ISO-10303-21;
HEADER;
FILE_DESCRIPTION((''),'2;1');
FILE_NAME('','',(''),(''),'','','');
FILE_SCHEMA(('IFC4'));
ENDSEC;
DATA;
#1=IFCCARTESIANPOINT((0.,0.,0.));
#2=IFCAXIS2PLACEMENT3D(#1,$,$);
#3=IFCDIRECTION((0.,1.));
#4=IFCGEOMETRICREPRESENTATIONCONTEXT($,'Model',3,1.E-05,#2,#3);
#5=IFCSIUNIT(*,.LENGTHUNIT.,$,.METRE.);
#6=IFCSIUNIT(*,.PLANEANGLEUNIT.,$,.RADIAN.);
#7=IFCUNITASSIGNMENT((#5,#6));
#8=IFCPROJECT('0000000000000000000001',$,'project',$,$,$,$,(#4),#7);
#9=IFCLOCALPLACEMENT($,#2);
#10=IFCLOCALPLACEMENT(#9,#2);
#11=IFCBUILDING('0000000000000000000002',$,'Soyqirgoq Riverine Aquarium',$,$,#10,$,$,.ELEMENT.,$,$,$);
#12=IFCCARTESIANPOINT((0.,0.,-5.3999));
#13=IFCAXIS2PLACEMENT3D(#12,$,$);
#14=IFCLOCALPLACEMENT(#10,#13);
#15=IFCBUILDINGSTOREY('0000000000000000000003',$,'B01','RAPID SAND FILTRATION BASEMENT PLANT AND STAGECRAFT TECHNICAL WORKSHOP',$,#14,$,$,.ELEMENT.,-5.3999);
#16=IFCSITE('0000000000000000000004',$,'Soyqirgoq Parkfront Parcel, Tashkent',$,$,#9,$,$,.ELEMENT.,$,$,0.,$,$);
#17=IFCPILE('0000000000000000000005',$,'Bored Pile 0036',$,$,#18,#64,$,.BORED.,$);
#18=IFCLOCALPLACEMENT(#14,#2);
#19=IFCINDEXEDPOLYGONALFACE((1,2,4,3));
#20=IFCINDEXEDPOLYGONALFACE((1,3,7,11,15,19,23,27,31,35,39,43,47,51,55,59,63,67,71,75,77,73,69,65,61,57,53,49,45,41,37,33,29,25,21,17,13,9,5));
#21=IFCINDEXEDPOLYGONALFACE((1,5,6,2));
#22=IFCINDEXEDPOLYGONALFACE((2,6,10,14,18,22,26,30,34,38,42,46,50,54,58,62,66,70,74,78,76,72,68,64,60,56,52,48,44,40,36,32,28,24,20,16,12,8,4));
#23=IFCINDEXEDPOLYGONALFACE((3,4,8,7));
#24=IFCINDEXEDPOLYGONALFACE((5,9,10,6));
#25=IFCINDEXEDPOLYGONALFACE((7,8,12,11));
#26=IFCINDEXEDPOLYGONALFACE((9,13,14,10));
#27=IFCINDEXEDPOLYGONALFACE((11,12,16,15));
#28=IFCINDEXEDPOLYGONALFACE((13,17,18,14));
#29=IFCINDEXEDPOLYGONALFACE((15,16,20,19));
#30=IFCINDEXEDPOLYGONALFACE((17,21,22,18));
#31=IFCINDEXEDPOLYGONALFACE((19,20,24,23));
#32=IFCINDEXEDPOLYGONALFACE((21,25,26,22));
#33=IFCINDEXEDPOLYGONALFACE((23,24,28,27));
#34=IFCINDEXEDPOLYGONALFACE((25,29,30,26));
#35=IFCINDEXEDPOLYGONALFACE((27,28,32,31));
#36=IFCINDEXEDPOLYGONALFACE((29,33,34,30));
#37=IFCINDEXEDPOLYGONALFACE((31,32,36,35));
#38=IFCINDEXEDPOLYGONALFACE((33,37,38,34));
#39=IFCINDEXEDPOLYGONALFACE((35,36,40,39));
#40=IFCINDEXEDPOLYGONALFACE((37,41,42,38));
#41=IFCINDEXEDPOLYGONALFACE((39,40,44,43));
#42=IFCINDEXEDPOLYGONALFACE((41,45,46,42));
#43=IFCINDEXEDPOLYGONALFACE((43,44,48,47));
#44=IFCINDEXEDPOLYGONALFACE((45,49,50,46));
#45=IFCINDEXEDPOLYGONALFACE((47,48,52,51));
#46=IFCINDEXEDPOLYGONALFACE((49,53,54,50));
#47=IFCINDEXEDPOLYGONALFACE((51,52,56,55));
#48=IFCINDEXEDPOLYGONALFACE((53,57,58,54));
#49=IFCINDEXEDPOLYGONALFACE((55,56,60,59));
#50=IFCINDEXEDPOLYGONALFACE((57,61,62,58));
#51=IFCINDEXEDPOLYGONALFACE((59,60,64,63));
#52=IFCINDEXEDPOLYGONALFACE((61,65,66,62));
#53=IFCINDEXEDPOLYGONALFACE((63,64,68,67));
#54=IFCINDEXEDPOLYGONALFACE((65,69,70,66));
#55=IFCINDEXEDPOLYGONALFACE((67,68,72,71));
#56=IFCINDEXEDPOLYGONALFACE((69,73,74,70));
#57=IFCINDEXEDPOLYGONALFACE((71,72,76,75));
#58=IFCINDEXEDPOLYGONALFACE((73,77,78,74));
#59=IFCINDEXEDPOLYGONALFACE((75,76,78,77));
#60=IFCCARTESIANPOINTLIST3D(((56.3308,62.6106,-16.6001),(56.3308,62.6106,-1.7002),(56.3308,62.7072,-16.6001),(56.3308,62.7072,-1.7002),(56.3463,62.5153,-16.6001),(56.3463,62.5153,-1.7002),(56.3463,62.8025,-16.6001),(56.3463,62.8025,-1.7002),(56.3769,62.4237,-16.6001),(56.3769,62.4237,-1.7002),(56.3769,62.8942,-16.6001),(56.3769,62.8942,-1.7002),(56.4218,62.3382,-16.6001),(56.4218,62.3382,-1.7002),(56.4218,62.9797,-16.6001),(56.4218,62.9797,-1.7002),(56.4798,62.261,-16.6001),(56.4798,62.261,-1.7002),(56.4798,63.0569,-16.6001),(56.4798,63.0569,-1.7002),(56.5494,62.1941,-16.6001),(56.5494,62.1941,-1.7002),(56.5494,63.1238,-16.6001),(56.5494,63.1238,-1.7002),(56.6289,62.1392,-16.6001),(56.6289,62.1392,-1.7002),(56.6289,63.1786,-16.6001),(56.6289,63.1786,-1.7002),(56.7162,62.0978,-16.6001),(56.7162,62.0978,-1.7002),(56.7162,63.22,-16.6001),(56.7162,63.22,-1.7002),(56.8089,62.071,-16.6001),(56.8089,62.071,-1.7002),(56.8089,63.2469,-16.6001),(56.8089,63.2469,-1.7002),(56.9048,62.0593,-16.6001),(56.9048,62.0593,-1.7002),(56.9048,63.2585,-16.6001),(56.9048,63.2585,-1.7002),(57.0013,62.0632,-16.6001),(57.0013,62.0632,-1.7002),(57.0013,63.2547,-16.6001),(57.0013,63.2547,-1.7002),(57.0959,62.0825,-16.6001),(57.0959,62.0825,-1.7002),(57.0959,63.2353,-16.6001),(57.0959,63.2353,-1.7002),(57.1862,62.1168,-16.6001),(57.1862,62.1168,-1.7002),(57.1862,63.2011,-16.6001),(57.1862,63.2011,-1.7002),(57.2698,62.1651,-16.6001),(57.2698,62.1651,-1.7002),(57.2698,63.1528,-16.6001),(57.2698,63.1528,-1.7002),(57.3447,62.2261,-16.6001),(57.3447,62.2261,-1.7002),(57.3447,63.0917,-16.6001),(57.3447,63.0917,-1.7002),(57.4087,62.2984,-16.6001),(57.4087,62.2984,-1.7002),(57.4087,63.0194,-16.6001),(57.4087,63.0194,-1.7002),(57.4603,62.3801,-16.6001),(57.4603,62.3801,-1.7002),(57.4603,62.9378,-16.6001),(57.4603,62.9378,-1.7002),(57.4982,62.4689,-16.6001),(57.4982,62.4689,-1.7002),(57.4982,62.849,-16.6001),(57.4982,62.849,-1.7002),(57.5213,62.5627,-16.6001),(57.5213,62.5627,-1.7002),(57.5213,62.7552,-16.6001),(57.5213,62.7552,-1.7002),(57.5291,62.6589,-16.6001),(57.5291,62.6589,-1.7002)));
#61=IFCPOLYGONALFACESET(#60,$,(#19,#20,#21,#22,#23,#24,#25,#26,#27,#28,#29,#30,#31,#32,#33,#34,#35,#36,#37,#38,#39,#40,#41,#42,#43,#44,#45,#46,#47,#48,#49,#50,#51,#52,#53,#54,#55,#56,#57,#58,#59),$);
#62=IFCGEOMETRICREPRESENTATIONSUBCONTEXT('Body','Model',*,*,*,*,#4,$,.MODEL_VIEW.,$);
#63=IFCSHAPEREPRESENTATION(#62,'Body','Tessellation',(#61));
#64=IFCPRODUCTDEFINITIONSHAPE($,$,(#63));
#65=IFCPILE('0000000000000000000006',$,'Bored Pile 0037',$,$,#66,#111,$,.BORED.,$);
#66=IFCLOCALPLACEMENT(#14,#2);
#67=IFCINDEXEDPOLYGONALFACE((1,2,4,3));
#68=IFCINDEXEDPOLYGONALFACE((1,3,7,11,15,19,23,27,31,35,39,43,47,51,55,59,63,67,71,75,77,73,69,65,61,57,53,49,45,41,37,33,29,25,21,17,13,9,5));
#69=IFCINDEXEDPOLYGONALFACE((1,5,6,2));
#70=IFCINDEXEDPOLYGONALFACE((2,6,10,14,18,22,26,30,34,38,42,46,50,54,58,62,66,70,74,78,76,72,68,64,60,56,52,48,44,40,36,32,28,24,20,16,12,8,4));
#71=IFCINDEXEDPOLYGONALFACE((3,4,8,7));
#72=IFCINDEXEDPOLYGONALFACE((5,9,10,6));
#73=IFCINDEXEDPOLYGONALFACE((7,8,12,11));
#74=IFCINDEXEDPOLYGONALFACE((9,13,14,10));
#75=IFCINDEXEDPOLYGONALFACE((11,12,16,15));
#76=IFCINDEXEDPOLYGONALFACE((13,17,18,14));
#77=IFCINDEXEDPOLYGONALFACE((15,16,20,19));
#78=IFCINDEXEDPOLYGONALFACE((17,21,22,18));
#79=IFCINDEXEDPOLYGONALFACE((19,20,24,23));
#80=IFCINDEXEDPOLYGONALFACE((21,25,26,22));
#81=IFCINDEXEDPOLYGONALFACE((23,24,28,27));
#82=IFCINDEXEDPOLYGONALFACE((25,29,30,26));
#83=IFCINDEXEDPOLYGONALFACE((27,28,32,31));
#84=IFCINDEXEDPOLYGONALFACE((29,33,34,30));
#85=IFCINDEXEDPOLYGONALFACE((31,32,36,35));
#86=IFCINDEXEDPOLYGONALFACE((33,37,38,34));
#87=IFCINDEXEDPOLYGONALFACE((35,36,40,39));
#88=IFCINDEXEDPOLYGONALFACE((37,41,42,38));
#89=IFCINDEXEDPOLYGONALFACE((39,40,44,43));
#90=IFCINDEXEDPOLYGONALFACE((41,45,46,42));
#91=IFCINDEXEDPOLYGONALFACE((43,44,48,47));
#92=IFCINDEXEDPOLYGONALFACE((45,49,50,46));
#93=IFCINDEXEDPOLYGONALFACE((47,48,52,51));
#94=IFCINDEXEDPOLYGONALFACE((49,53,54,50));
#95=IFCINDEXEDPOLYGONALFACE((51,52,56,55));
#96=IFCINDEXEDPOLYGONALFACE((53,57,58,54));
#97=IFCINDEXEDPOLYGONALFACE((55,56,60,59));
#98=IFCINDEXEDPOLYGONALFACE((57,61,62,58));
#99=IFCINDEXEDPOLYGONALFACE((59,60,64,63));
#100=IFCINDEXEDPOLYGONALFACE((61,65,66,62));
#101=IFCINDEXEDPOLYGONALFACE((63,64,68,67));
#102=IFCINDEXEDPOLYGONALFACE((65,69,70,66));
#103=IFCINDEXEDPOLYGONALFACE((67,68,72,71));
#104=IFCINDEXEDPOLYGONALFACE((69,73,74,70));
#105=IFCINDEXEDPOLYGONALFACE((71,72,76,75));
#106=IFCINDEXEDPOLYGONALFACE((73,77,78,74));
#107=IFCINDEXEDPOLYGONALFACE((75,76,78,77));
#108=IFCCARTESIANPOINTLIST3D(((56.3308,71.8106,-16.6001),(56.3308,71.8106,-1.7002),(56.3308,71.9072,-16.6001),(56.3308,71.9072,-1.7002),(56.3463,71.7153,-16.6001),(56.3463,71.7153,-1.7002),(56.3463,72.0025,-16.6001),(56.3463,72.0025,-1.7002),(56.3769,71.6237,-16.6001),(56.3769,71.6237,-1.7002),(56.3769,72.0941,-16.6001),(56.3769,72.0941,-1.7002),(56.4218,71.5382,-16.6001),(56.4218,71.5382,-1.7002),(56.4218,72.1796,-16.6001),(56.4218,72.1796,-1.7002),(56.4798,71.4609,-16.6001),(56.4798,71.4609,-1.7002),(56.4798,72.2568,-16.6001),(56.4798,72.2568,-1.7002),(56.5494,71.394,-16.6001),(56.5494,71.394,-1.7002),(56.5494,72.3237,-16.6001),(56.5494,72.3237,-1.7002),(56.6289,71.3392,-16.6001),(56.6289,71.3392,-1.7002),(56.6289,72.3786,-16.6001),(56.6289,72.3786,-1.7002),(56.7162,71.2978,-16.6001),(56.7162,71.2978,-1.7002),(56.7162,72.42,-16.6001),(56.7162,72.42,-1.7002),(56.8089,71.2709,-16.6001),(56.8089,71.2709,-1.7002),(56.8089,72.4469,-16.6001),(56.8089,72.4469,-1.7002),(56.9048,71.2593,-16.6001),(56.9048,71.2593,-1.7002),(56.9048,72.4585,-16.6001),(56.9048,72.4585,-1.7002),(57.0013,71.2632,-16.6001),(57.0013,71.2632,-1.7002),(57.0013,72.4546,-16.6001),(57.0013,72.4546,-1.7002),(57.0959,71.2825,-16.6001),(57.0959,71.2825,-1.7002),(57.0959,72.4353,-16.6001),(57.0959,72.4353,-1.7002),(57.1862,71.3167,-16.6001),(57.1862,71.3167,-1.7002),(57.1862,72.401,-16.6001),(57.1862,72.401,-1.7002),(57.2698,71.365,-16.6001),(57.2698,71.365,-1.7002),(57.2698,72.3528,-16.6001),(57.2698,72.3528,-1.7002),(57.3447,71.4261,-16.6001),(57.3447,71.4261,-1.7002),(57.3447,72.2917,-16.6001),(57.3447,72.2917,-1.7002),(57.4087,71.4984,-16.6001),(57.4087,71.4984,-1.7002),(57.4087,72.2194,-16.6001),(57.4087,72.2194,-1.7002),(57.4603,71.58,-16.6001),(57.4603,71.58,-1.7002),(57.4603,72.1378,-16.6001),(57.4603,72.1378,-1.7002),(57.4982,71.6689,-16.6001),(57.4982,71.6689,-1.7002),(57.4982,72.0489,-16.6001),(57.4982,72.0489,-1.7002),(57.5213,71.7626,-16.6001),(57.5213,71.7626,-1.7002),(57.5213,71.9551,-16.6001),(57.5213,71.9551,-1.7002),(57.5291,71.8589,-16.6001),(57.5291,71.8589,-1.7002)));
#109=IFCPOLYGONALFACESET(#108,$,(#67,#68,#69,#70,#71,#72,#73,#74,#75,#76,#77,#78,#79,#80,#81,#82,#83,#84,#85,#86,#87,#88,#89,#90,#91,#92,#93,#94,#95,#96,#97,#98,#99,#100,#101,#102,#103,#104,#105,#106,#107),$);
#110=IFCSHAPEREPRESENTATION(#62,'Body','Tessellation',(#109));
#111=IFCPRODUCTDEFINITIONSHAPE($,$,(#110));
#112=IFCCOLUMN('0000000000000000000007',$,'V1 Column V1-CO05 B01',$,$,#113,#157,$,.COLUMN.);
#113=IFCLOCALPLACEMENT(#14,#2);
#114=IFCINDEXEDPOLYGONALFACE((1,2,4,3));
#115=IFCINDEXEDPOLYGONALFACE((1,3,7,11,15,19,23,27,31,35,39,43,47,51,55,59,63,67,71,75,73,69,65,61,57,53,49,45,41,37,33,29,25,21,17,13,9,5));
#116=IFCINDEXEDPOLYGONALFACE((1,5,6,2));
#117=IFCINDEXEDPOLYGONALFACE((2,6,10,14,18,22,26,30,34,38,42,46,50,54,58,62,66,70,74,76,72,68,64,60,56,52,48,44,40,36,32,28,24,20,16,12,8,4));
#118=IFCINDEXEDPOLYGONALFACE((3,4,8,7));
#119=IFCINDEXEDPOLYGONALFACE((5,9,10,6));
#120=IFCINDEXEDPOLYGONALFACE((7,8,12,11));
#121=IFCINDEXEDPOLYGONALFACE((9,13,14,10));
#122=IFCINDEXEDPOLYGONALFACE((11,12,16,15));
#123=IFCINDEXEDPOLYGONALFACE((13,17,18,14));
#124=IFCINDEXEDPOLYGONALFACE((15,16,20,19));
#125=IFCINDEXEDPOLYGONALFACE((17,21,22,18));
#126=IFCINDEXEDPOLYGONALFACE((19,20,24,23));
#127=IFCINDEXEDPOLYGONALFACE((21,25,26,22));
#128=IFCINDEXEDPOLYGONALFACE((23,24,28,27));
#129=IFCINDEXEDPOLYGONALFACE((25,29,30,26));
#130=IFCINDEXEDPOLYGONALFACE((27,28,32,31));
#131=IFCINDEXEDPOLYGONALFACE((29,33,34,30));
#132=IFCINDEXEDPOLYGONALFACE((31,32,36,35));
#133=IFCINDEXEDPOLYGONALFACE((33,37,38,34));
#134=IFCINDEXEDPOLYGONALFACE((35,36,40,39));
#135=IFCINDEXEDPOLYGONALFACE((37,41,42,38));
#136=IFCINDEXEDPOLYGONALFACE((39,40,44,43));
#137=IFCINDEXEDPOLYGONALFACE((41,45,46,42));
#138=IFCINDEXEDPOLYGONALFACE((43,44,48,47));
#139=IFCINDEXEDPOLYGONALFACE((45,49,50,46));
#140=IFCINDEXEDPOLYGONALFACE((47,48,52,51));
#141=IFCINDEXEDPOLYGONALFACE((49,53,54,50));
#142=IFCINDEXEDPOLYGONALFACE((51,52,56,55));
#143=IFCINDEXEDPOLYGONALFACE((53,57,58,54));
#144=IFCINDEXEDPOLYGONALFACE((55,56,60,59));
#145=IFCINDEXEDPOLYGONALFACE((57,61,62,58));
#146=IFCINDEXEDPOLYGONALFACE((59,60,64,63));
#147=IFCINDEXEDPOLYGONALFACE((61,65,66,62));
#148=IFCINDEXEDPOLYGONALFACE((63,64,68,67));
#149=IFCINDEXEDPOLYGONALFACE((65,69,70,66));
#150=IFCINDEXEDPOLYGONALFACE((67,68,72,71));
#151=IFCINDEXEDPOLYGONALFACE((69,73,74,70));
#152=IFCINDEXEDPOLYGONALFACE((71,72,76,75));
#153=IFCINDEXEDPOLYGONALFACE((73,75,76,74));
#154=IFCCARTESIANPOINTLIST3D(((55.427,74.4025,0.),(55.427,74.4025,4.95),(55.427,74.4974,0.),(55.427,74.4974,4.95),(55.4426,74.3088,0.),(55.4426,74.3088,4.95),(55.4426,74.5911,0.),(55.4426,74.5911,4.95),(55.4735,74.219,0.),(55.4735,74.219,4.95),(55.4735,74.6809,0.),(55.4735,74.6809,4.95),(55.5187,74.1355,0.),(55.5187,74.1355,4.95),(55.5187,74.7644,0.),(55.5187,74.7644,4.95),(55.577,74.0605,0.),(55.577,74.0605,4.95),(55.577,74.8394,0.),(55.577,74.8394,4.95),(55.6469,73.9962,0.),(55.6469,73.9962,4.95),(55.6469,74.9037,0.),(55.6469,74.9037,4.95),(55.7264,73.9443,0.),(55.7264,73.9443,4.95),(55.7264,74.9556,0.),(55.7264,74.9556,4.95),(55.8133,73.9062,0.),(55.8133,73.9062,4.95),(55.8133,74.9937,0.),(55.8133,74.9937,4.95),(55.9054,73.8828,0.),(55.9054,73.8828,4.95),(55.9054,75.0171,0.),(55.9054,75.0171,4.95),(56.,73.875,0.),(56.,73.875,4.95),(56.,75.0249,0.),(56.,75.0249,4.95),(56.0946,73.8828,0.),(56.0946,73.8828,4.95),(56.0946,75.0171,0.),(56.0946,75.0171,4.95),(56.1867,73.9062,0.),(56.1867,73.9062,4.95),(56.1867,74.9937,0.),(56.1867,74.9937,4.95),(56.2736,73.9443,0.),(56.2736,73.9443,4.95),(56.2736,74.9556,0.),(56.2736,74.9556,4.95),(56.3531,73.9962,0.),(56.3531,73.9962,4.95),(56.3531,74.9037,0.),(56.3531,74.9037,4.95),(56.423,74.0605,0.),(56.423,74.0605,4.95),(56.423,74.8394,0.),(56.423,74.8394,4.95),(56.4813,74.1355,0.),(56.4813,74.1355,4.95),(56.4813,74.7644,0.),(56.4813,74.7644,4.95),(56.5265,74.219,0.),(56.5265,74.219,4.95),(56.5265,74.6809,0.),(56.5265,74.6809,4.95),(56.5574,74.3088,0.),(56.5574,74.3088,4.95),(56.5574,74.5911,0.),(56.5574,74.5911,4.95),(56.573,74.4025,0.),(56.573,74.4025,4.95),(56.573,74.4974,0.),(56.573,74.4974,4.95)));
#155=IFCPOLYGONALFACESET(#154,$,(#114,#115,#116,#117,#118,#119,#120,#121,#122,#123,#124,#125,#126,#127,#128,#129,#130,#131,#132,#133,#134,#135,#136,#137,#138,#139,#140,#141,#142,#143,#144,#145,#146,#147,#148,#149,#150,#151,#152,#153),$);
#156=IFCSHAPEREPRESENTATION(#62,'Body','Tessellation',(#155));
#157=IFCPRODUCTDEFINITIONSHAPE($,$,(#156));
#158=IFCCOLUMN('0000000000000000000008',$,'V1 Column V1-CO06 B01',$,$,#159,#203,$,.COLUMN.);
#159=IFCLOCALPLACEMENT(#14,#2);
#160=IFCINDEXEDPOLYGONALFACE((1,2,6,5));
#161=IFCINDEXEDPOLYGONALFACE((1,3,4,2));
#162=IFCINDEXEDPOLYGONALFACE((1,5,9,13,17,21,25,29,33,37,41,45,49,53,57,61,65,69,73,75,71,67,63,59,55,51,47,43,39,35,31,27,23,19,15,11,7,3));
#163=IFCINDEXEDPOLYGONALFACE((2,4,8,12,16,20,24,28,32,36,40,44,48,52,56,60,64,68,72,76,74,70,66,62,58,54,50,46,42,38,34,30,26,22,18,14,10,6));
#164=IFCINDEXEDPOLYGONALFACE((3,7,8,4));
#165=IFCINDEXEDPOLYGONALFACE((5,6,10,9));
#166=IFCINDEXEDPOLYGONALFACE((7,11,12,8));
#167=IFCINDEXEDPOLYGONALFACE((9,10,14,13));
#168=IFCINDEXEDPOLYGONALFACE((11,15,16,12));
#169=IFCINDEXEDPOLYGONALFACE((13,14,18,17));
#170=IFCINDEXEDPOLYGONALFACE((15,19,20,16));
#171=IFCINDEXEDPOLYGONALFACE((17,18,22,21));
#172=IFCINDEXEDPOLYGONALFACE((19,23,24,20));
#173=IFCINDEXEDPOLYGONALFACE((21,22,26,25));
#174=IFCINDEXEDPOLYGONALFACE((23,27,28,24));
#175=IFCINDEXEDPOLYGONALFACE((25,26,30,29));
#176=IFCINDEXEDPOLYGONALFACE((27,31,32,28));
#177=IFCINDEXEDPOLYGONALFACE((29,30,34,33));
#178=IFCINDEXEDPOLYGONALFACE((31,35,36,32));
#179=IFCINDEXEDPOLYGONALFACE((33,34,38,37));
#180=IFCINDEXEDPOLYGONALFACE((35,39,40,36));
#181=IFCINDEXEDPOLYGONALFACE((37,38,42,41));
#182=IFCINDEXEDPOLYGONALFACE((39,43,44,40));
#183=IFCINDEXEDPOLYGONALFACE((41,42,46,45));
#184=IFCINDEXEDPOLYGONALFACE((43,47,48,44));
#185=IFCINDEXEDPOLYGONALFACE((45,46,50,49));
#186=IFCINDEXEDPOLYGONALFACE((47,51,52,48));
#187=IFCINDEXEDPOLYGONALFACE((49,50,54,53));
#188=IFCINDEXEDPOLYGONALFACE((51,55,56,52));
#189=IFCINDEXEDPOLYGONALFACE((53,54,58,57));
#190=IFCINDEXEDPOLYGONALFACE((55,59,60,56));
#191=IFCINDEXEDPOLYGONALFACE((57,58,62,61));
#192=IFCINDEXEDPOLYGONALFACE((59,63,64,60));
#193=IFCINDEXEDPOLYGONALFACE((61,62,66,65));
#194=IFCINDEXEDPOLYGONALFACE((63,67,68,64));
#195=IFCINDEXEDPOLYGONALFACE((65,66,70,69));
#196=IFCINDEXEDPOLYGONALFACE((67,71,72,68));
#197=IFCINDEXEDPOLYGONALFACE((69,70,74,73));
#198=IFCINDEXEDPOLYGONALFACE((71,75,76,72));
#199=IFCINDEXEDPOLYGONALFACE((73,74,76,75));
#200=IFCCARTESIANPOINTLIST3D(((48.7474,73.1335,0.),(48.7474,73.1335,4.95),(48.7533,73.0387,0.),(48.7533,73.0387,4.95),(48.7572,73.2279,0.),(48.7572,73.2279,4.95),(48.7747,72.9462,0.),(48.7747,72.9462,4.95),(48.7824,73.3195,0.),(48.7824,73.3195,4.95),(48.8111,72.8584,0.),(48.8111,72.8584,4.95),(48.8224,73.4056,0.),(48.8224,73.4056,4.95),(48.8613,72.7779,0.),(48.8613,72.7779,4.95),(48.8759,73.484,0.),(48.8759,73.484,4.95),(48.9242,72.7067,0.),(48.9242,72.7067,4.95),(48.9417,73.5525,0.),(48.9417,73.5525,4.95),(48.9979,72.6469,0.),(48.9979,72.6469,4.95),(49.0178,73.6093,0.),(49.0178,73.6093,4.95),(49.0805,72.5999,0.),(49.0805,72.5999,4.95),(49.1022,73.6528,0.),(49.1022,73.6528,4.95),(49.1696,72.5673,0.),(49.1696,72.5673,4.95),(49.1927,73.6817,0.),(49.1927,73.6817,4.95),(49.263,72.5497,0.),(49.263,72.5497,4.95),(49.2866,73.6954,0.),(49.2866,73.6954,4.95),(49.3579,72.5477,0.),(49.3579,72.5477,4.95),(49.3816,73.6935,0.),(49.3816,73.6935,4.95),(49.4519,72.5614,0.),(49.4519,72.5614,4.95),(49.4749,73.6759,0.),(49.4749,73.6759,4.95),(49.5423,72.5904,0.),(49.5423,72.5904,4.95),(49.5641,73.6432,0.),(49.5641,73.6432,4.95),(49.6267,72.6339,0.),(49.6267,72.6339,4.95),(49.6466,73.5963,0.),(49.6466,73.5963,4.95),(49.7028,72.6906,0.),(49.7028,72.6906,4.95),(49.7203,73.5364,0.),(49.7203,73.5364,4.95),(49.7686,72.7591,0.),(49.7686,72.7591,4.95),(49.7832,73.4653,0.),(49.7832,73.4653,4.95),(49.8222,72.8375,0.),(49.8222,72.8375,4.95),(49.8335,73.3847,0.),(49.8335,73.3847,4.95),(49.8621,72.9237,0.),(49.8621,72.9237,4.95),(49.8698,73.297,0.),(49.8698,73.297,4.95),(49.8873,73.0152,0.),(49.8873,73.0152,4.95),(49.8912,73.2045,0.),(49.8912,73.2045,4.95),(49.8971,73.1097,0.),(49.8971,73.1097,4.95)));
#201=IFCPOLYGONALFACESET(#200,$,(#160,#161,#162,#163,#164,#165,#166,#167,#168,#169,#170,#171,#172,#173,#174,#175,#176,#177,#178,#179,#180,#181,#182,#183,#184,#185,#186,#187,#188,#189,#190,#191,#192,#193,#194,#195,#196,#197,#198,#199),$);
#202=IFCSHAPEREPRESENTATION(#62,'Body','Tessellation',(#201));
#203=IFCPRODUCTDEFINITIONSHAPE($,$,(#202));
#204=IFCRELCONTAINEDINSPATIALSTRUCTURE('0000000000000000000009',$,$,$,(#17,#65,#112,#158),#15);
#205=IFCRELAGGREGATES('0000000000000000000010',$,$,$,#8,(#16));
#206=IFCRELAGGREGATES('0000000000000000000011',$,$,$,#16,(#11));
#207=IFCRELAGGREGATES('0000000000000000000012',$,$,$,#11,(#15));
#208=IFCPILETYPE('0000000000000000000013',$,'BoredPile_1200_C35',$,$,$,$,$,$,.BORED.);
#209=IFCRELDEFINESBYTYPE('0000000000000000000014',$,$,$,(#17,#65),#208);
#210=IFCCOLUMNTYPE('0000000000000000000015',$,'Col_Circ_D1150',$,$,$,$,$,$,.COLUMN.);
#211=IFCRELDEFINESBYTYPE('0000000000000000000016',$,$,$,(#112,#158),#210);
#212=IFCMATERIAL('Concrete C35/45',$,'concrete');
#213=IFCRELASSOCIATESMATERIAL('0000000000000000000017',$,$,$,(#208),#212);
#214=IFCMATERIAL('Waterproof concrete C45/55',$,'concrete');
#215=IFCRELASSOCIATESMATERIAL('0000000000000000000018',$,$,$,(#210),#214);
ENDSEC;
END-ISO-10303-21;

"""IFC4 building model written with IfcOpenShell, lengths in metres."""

from ifc_helpers import new_model, si_unit, direction, frame, origin, origin_2d, place, context, subcontext, project, spatial, circle, extrude, material, material_profile, profile_set, type_object, element, save


model = new_model("IFC4")

# Units and contexts
model_context = context("Model", 3, precision=1e-05, world=origin(), true_north=direction((0.0, 1.0)))
body_context = subcontext(model_context, "Body", "Model", "MODEL_VIEW")
ifc_project = project(units=[si_unit("LENGTHUNIT", "METRE"), si_unit("PLANEANGLEUNIT", "RADIAN")], contexts=[model_context])

# Site, building, storey
site_placement = place(None, origin())
site = spatial("IfcSite", under=ifc_project, at=site_placement, Name="Soyqirgoq Parkfront Parcel, Tashkent", CompositionType="ELEMENT", RefElevation=0.0)
building_placement = place(site_placement, origin())
building = spatial("IfcBuilding", under=site, at=building_placement, Name="Soyqirgoq Riverine Aquarium", CompositionType="ELEMENT")
storey_placement = place(building_placement, frame((0.0, 0.0, -5.3999)))
storey = spatial("IfcBuildingStorey", under=building, at=storey_placement, Name="B01", Description="RAPID SAND FILTRATION BASEMENT PLANT AND STAGECRAFT TECHNICAL WORKSHOP", CompositionType="ELEMENT", Elevation=-5.3999)

# Piles
ifc_material_1 = material(Name="Concrete C35/45", Category="concrete")
ifc_material_profile_1 = material_profile(ifc_material_1, circle(Radius=0.6001, at=origin_2d()), Name="BP D1200")
ifc_profile_set_1 = profile_set([ifc_material_profile_1], Name="Concrete C35/45")
pile_type = type_object("IfcPileType", Name="BoredPile_1200_C35", PredefinedType="BORED", material=ifc_profile_set_1)
for number, where, z_axis, x_axis, name in (
    (1, (56.929, 62.6589, -1.7002), (0.0, 0.0, -1.0), (1.0, 0.0, 0.0), "Bored Pile 0036"),
    (2, (56.929, 71.8589, -1.7002), (0.0, 0.0, -1.0), (1.0, 0.0, 0.0), "Bored Pile 0037"),
):
    element("IfcPile", number, at=place(storey_placement, frame(where, z_axis=z_axis, x_axis=x_axis)), inside=storey, type_object=pile_type, Name=name, PredefinedType="BORED", context=body_context, shape_type="SweptSolid", body=[
        extrude(circle(Radius=0.6001, at=origin_2d()), origin(), (0.0, 0.0, 1.0), 14.8999),
    ])

# Columns
ifc_material_2 = material(Name="Waterproof concrete C45/55", Category="concrete")
ifc_material_profile_2 = material_profile(ifc_material_2, circle(Radius=0.575, at=origin_2d()), Name="RC-COL D1150")
ifc_profile_set_2 = profile_set([ifc_material_profile_2], Name="Waterproof concrete C45/55")
column_type_1 = type_object("IfcColumnType", Name="Col_Circ_D1150", PredefinedType="COLUMN", material=ifc_profile_set_2)
for number, where, z_axis, x_axis, name in (
    (3, (56.0, 74.45, 0.0), (0.0, 0.0, 1.0), (0.0, 1.0, 0.0), "V1 Column V1-CO05 B01"),
    (4, (49.3223, 73.1216, 0.0), (0.0, 0.0, 1.0), (-0.382683, 0.92388, 0.0), "V1 Column V1-CO06 B01"),
):
    element("IfcColumn", number, at=place(storey_placement, frame(where, z_axis=z_axis, x_axis=x_axis)), inside=storey, type_object=column_type_1, Name=name, PredefinedType="COLUMN", context=body_context, shape_type="SweptSolid", body=[
        extrude(circle(Radius=0.575, at=origin_2d()), origin(), (0.0, 0.0, 1.0), 4.95),
    ])

save(model, "model.ifc")
